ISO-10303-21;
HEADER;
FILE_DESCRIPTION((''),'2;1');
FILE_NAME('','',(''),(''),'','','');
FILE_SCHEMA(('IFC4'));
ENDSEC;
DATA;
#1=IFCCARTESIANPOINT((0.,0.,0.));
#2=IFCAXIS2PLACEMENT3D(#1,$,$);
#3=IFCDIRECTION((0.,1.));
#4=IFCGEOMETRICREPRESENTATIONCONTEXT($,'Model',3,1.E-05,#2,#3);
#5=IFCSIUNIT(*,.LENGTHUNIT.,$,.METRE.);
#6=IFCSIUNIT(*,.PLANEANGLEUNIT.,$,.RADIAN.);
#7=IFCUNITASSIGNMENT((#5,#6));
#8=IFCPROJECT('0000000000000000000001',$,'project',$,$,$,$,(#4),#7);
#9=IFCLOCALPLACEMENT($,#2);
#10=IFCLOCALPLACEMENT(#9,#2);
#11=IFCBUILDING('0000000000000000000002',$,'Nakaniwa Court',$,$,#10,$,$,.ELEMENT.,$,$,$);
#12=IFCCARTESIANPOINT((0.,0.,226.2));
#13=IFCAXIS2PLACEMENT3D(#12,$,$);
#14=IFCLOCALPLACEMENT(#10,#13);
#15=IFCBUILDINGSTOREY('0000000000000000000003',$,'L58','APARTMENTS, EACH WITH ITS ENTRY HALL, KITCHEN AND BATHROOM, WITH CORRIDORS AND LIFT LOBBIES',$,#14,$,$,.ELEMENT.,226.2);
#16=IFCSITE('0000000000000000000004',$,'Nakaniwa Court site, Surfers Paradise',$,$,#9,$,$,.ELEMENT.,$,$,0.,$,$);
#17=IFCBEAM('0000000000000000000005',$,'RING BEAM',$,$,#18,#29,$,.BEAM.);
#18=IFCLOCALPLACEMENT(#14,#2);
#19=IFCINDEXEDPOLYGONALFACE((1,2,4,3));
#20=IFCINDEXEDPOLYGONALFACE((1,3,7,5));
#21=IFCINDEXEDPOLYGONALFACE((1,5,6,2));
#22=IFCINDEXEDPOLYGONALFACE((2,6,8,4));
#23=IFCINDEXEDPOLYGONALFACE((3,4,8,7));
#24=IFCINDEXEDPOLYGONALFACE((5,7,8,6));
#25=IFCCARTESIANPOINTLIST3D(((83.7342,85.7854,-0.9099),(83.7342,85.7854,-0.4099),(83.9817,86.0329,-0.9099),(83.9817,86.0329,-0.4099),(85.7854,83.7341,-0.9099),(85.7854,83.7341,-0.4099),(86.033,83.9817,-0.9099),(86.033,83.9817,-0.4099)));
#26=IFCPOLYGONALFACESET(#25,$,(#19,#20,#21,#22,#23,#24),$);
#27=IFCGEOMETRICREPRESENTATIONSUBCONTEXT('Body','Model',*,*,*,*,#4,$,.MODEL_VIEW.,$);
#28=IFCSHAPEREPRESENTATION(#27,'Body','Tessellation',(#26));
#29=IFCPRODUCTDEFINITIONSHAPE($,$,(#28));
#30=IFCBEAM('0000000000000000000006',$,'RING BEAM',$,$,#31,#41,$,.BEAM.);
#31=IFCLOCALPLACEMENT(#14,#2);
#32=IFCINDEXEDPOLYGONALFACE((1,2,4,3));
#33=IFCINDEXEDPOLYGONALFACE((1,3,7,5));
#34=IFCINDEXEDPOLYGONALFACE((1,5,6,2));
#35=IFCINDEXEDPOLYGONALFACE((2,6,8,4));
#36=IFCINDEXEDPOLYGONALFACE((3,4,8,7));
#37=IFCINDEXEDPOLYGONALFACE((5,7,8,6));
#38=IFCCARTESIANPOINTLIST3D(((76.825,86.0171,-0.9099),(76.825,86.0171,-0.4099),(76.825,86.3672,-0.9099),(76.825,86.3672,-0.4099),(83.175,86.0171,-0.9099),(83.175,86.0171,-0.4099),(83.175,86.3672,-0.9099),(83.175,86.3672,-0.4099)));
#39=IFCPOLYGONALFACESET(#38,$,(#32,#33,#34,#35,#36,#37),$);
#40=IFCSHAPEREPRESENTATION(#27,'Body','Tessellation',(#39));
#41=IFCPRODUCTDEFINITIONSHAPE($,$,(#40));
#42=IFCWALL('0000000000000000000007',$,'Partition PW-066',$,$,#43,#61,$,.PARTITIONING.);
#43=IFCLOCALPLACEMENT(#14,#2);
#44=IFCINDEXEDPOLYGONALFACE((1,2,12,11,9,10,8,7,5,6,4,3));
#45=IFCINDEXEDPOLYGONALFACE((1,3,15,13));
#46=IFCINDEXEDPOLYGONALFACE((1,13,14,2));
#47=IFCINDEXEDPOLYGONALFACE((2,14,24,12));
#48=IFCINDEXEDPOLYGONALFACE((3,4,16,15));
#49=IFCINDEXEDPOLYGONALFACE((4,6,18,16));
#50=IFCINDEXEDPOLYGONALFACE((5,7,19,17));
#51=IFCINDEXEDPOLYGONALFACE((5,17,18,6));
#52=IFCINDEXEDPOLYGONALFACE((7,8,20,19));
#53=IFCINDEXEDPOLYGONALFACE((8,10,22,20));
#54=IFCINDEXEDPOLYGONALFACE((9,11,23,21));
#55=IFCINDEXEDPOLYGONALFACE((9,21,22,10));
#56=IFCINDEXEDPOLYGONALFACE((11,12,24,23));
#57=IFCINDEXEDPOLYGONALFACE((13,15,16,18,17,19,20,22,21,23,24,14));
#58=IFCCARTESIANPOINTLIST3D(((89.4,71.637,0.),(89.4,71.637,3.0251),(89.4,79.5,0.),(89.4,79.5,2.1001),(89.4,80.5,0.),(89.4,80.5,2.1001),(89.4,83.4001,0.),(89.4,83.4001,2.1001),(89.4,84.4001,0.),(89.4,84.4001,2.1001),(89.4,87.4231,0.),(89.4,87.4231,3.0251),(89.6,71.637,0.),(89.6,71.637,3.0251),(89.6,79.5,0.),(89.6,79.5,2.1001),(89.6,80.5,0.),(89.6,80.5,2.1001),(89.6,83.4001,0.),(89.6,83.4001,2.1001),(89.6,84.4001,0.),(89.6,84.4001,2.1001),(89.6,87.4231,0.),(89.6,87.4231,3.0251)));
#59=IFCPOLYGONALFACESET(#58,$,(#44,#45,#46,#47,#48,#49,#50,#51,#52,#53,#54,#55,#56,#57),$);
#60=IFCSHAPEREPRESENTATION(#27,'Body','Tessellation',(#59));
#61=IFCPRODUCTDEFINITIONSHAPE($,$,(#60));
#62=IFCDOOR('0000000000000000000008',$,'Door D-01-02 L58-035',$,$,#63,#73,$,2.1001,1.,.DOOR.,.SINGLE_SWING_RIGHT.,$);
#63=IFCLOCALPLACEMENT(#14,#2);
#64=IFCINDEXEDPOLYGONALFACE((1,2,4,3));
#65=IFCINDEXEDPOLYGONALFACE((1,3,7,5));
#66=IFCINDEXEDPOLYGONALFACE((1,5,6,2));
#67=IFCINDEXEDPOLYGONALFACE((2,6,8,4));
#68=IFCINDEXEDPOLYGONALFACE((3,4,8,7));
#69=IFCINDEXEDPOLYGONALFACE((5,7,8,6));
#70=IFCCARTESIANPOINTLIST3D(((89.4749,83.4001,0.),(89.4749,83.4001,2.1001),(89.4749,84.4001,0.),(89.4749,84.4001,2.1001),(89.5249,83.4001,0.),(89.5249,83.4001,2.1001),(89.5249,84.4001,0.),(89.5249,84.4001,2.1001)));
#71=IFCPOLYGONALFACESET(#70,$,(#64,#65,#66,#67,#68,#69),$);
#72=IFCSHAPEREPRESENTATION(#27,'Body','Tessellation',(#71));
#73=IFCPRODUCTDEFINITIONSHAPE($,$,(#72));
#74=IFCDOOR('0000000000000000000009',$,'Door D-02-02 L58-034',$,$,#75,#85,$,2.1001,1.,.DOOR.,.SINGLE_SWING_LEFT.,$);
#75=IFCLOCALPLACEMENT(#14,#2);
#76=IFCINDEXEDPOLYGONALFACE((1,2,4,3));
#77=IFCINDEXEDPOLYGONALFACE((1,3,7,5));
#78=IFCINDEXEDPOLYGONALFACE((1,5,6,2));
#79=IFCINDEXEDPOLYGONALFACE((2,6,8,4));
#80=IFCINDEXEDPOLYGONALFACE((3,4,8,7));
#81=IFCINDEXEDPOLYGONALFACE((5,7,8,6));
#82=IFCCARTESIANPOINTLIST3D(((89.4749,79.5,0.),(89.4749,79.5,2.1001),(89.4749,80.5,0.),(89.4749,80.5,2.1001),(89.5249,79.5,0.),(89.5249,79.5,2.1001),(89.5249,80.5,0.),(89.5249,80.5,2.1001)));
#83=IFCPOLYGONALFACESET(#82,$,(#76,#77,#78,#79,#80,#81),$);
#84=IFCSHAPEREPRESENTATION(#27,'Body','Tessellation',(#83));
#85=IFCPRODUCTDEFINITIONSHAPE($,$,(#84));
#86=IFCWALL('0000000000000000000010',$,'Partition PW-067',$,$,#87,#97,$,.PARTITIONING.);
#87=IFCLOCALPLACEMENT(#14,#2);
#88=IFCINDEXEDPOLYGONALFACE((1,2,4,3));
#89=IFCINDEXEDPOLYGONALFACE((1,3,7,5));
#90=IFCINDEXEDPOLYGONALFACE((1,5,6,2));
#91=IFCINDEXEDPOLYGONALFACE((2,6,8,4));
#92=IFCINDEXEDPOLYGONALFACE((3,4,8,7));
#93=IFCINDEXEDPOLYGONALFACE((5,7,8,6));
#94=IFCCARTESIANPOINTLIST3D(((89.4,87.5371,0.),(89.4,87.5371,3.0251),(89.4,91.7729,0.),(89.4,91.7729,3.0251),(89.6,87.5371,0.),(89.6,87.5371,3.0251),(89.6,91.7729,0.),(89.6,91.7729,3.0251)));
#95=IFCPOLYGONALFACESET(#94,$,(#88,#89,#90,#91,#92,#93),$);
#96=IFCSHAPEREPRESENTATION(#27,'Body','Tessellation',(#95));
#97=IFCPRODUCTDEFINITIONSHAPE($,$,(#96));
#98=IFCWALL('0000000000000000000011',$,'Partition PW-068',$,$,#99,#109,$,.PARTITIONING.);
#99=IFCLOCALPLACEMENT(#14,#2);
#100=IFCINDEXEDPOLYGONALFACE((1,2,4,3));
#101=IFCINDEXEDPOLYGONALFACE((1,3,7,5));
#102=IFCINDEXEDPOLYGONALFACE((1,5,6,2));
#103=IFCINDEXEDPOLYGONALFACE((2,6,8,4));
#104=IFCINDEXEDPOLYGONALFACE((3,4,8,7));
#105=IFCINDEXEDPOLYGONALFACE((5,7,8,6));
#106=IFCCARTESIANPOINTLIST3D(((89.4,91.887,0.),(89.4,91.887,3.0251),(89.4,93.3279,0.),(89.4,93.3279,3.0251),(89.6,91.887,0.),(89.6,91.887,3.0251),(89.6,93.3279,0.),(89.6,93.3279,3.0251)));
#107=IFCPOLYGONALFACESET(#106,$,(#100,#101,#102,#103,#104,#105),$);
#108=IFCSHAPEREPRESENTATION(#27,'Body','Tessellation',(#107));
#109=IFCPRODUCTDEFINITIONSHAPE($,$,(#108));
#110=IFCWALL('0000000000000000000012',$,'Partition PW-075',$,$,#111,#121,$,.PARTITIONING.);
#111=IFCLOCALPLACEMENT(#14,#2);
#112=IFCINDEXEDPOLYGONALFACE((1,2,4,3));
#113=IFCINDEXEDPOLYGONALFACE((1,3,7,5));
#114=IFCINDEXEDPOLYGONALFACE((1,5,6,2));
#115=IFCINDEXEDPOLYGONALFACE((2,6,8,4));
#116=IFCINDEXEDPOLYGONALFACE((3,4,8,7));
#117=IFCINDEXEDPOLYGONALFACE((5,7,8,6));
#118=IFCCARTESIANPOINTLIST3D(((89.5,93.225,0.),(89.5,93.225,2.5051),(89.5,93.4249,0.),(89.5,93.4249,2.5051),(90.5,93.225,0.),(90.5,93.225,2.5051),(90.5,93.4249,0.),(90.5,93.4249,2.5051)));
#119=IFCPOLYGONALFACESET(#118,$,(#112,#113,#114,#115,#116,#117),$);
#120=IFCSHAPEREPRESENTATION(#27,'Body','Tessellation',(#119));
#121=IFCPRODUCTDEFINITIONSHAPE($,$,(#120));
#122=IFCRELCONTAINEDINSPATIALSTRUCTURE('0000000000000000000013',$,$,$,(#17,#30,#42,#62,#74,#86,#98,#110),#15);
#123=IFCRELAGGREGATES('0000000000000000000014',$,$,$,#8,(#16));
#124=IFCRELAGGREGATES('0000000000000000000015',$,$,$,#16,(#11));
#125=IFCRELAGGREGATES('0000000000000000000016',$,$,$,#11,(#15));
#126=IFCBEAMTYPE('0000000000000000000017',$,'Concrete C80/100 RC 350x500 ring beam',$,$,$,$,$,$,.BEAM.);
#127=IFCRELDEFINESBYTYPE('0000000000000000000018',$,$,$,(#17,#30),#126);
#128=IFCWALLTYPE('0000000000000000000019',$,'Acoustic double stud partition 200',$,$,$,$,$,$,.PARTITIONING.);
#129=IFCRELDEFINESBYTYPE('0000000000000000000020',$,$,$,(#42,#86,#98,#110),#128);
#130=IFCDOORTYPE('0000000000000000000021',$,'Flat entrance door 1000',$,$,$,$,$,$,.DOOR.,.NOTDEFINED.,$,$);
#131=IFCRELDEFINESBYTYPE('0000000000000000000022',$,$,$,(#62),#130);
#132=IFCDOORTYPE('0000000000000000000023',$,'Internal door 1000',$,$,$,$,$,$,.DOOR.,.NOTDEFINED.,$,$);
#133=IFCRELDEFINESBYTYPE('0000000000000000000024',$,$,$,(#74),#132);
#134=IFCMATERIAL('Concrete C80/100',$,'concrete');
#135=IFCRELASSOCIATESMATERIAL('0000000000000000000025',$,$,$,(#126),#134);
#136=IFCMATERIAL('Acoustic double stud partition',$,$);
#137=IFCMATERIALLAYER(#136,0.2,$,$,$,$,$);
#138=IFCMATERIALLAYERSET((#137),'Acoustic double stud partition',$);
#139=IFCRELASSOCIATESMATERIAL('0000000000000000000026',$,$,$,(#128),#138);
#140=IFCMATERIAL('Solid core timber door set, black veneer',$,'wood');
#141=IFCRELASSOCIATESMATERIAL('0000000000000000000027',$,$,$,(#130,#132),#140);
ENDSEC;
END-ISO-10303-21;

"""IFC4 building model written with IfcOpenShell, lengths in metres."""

from ifc_helpers import new_model, si_unit, direction, frame, frame_2d, origin, origin_2d, place, context, subcontext, project, spatial, rectangle, extrude, material, layer, layer_set, material_profile, profile_set, type_object, element, fill, save


model = new_model("IFC4")

# Units and contexts
model_context = context("Model", 3, precision=1e-05, world=origin(), true_north=direction((0.0, 1.0)))
body_context = subcontext(model_context, "Body", "Model", "MODEL_VIEW")
ifc_project = project(units=[si_unit("LENGTHUNIT", "METRE"), si_unit("PLANEANGLEUNIT", "RADIAN")], contexts=[model_context])

# Site, building, storey
site_placement = place(None, origin())
site = spatial("IfcSite", under=ifc_project, at=site_placement, Name="Nakaniwa Court site, Surfers Paradise", CompositionType="ELEMENT", RefElevation=0.0)
building_placement = place(site_placement, origin())
building = spatial("IfcBuilding", under=site, at=building_placement, Name="Nakaniwa Court", CompositionType="ELEMENT")
storey_placement = place(building_placement, frame((0.0, 0.0, 226.2)))
storey = spatial("IfcBuildingStorey", under=building, at=storey_placement, Name="L58", Description="APARTMENTS, EACH WITH ITS ENTRY HALL, KITCHEN AND BATHROOM, WITH CORRIDORS AND LIFT LOBBIES", CompositionType="ELEMENT", Elevation=226.2)

# Shared definitions
ifc_material_1 = material(Name="Concrete C80/100", Category="concrete")

# Beams
ifc_material_profile_1 = material_profile(ifc_material_1, rectangle(XDim=0.3501, YDim=0.5, at=origin_2d()), Name="Concrete C80/100 RC 350x500 ring beam")
ifc_profile_set_1 = profile_set([ifc_material_profile_1], Name="Concrete C80/100")
beam_type = type_object("IfcBeamType", Name="Concrete C80/100 RC 350x500 ring beam", PredefinedType="BEAM", material=ifc_profile_set_1)
beam_1_placement = place(storey_placement, frame((85.9092, 83.8579, -0.6599), z_axis=(-0.707107, 0.707107, 0.0), x_axis=(-0.707107, -0.707107, 0.0)))
element("IfcBeam", 1, at=beam_1_placement, inside=storey, type_object=beam_type, Name="RING BEAM", PredefinedType="BEAM", context=body_context, shape_type="SweptSolid", body=[
    extrude(rectangle(XDim=0.3501, YDim=0.5, at=origin_2d()), origin(), (0.0, 0.0, 1.0), 2.9009),
])
beam_2_placement = place(storey_placement, frame((83.175, 86.1921, -0.6599), z_axis=(-1.0, 0.0, 0.0), x_axis=(0.0, -1.0, 0.0)))
element("IfcBeam", 2, at=beam_2_placement, inside=storey, type_object=beam_type, Name="RING BEAM", PredefinedType="BEAM", context=body_context, shape_type="SweptSolid", body=[
    extrude(rectangle(XDim=0.3501, YDim=0.5, at=origin_2d()), origin(), (0.0, 0.0, 1.0), 6.3501),
])

# Wall, openings, doors
ifc_material_2 = material(Name="Acoustic double stud partition")
ifc_layer_1 = layer(ifc_material_2, 0.2)
ifc_layer_set_1 = layer_set([ifc_layer_1], Name="Acoustic double stud partition")
wall_type_1 = type_object("IfcWallType", Name="Acoustic double stud partition 200", PredefinedType="PARTITIONING", material=ifc_layer_set_1)
wall_1_placement = place(storey_placement, frame((89.5, 87.4231, 0.0), z_axis=(0.0, 0.0, 1.0), x_axis=(0.0, -1.0, 0.0)))
wall_1 = element("IfcWall", 3, at=wall_1_placement, inside=storey, type_object=wall_type_1, Name="Partition PW-066", PredefinedType="PARTITIONING", context=body_context, shape_type="SweptSolid", body=[
    extrude(rectangle(XDim=15.7861, YDim=0.2, at=frame_2d((7.8931, 0.0))), origin(), (0.0, 0.0, 1.0), 3.0251),
])
opening_1_placement = place(wall_1_placement, frame((6.9231, 0.0, 0.0)))
opening_1 = element("IfcOpeningElement", 4, at=opening_1_placement, cuts=wall_1, PredefinedType="OPENING", context=body_context, shape_type="SweptSolid", body=[
    extrude(rectangle(XDim=1.0, YDim=2.1001, at=frame_2d((0.5, 1.05))), frame((0.0, 0.1099, 0.0), z_axis=(0.0, -1.0, 0.0), x_axis=(1.0, 0.0, 0.0)), (0.0, 0.0, 1.0), 0.22),
])
opening_2_placement = place(wall_1_placement, frame((3.0229, 0.0, 0.0)))
opening_2 = element("IfcOpeningElement", 5, at=opening_2_placement, cuts=wall_1, PredefinedType="OPENING", context=body_context, shape_type="SweptSolid", body=[
    extrude(rectangle(XDim=1.0, YDim=2.1001, at=frame_2d((0.5, 1.05))), frame((0.0, 0.1099, 0.0), z_axis=(0.0, -1.0, 0.0), x_axis=(1.0, 0.0, 0.0)), (0.0, 0.0, 1.0), 0.22),
])
ifc_material_3 = material(Name="Solid core timber door set, black veneer", Category="wood")
door_type_1 = type_object("IfcDoorType", Name="Flat entrance door 1000", OperationType="NOTDEFINED", PredefinedType="DOOR", material=ifc_material_3)
door_1_placement = place(opening_2_placement, origin())
door_1 = element("IfcDoor", 6, at=door_1_placement, inside=storey, type_object=door_type_1, Name="Door D-01-02 L58-035", OperationType="SINGLE_SWING_RIGHT", OverallHeight=2.1001, OverallWidth=1.0, PredefinedType="DOOR", context=body_context, shape_type="SweptSolid", body=[
    extrude(rectangle(XDim=1.0, YDim=2.1001, at=frame_2d((0.5, 1.05))), frame((0.0, 0.0249, 0.0), z_axis=(0.0, -1.0, 0.0), x_axis=(1.0, 0.0, 0.0)), (0.0, 0.0, 1.0), 0.05),
])
fill(opening_2, door_1)
door_type_2 = type_object("IfcDoorType", Name="Internal door 1000", OperationType="NOTDEFINED", PredefinedType="DOOR", material=ifc_material_3)
door_2_placement = place(opening_1_placement, origin())
door_2 = element("IfcDoor", 7, at=door_2_placement, inside=storey, type_object=door_type_2, Name="Door D-02-02 L58-034", OperationType="SINGLE_SWING_LEFT", OverallHeight=2.1001, OverallWidth=1.0, PredefinedType="DOOR", context=body_context, shape_type="SweptSolid", body=[
    extrude(rectangle(XDim=1.0, YDim=2.1001, at=frame_2d((0.5, 1.05))), frame((0.0, 0.0249, 0.0), z_axis=(0.0, -1.0, 0.0), x_axis=(1.0, 0.0, 0.0)), (0.0, 0.0, 1.0), 0.05),
])
fill(opening_1, door_2)

# Walls
wall_2_placement = place(storey_placement, frame((89.5, 87.5371, 0.0), z_axis=(0.0, 0.0, 1.0), x_axis=(0.0, 1.0, 0.0)))
element("IfcWall", 8, at=wall_2_placement, inside=storey, type_object=wall_type_1, Name="Partition PW-067", PredefinedType="PARTITIONING", context=body_context, shape_type="SweptSolid", body=[
    extrude(rectangle(XDim=4.2358, YDim=0.2, at=frame_2d((2.1179, 0.0))), origin(), (0.0, 0.0, 1.0), 3.0251),
])
wall_3_placement = place(storey_placement, frame((89.5, 91.887, 0.0), z_axis=(0.0, 0.0, 1.0), x_axis=(0.0, 1.0, 0.0)))
element("IfcWall", 9, at=wall_3_placement, inside=storey, type_object=wall_type_1, Name="Partition PW-068", PredefinedType="PARTITIONING", context=body_context, shape_type="SweptSolid", body=[
    extrude(rectangle(XDim=1.4409, YDim=0.2, at=frame_2d((0.7205, 0.0))), origin(), (0.0, 0.0, 1.0), 3.0251),
])
wall_4_placement = place(storey_placement, frame((89.5, 93.325, 0.0), z_axis=(0.0, 0.0, 1.0), x_axis=(1.0, 0.0, 0.0)))
element("IfcWall", 10, at=wall_4_placement, inside=storey, type_object=wall_type_1, Name="Partition PW-075", PredefinedType="PARTITIONING", context=body_context, shape_type="SweptSolid", body=[
    extrude(rectangle(XDim=1.0, YDim=0.2, at=frame_2d((0.5, 0.0))), origin(), (0.0, 0.0, 1.0), 2.5051),
])

save(model, "model.ifc")
